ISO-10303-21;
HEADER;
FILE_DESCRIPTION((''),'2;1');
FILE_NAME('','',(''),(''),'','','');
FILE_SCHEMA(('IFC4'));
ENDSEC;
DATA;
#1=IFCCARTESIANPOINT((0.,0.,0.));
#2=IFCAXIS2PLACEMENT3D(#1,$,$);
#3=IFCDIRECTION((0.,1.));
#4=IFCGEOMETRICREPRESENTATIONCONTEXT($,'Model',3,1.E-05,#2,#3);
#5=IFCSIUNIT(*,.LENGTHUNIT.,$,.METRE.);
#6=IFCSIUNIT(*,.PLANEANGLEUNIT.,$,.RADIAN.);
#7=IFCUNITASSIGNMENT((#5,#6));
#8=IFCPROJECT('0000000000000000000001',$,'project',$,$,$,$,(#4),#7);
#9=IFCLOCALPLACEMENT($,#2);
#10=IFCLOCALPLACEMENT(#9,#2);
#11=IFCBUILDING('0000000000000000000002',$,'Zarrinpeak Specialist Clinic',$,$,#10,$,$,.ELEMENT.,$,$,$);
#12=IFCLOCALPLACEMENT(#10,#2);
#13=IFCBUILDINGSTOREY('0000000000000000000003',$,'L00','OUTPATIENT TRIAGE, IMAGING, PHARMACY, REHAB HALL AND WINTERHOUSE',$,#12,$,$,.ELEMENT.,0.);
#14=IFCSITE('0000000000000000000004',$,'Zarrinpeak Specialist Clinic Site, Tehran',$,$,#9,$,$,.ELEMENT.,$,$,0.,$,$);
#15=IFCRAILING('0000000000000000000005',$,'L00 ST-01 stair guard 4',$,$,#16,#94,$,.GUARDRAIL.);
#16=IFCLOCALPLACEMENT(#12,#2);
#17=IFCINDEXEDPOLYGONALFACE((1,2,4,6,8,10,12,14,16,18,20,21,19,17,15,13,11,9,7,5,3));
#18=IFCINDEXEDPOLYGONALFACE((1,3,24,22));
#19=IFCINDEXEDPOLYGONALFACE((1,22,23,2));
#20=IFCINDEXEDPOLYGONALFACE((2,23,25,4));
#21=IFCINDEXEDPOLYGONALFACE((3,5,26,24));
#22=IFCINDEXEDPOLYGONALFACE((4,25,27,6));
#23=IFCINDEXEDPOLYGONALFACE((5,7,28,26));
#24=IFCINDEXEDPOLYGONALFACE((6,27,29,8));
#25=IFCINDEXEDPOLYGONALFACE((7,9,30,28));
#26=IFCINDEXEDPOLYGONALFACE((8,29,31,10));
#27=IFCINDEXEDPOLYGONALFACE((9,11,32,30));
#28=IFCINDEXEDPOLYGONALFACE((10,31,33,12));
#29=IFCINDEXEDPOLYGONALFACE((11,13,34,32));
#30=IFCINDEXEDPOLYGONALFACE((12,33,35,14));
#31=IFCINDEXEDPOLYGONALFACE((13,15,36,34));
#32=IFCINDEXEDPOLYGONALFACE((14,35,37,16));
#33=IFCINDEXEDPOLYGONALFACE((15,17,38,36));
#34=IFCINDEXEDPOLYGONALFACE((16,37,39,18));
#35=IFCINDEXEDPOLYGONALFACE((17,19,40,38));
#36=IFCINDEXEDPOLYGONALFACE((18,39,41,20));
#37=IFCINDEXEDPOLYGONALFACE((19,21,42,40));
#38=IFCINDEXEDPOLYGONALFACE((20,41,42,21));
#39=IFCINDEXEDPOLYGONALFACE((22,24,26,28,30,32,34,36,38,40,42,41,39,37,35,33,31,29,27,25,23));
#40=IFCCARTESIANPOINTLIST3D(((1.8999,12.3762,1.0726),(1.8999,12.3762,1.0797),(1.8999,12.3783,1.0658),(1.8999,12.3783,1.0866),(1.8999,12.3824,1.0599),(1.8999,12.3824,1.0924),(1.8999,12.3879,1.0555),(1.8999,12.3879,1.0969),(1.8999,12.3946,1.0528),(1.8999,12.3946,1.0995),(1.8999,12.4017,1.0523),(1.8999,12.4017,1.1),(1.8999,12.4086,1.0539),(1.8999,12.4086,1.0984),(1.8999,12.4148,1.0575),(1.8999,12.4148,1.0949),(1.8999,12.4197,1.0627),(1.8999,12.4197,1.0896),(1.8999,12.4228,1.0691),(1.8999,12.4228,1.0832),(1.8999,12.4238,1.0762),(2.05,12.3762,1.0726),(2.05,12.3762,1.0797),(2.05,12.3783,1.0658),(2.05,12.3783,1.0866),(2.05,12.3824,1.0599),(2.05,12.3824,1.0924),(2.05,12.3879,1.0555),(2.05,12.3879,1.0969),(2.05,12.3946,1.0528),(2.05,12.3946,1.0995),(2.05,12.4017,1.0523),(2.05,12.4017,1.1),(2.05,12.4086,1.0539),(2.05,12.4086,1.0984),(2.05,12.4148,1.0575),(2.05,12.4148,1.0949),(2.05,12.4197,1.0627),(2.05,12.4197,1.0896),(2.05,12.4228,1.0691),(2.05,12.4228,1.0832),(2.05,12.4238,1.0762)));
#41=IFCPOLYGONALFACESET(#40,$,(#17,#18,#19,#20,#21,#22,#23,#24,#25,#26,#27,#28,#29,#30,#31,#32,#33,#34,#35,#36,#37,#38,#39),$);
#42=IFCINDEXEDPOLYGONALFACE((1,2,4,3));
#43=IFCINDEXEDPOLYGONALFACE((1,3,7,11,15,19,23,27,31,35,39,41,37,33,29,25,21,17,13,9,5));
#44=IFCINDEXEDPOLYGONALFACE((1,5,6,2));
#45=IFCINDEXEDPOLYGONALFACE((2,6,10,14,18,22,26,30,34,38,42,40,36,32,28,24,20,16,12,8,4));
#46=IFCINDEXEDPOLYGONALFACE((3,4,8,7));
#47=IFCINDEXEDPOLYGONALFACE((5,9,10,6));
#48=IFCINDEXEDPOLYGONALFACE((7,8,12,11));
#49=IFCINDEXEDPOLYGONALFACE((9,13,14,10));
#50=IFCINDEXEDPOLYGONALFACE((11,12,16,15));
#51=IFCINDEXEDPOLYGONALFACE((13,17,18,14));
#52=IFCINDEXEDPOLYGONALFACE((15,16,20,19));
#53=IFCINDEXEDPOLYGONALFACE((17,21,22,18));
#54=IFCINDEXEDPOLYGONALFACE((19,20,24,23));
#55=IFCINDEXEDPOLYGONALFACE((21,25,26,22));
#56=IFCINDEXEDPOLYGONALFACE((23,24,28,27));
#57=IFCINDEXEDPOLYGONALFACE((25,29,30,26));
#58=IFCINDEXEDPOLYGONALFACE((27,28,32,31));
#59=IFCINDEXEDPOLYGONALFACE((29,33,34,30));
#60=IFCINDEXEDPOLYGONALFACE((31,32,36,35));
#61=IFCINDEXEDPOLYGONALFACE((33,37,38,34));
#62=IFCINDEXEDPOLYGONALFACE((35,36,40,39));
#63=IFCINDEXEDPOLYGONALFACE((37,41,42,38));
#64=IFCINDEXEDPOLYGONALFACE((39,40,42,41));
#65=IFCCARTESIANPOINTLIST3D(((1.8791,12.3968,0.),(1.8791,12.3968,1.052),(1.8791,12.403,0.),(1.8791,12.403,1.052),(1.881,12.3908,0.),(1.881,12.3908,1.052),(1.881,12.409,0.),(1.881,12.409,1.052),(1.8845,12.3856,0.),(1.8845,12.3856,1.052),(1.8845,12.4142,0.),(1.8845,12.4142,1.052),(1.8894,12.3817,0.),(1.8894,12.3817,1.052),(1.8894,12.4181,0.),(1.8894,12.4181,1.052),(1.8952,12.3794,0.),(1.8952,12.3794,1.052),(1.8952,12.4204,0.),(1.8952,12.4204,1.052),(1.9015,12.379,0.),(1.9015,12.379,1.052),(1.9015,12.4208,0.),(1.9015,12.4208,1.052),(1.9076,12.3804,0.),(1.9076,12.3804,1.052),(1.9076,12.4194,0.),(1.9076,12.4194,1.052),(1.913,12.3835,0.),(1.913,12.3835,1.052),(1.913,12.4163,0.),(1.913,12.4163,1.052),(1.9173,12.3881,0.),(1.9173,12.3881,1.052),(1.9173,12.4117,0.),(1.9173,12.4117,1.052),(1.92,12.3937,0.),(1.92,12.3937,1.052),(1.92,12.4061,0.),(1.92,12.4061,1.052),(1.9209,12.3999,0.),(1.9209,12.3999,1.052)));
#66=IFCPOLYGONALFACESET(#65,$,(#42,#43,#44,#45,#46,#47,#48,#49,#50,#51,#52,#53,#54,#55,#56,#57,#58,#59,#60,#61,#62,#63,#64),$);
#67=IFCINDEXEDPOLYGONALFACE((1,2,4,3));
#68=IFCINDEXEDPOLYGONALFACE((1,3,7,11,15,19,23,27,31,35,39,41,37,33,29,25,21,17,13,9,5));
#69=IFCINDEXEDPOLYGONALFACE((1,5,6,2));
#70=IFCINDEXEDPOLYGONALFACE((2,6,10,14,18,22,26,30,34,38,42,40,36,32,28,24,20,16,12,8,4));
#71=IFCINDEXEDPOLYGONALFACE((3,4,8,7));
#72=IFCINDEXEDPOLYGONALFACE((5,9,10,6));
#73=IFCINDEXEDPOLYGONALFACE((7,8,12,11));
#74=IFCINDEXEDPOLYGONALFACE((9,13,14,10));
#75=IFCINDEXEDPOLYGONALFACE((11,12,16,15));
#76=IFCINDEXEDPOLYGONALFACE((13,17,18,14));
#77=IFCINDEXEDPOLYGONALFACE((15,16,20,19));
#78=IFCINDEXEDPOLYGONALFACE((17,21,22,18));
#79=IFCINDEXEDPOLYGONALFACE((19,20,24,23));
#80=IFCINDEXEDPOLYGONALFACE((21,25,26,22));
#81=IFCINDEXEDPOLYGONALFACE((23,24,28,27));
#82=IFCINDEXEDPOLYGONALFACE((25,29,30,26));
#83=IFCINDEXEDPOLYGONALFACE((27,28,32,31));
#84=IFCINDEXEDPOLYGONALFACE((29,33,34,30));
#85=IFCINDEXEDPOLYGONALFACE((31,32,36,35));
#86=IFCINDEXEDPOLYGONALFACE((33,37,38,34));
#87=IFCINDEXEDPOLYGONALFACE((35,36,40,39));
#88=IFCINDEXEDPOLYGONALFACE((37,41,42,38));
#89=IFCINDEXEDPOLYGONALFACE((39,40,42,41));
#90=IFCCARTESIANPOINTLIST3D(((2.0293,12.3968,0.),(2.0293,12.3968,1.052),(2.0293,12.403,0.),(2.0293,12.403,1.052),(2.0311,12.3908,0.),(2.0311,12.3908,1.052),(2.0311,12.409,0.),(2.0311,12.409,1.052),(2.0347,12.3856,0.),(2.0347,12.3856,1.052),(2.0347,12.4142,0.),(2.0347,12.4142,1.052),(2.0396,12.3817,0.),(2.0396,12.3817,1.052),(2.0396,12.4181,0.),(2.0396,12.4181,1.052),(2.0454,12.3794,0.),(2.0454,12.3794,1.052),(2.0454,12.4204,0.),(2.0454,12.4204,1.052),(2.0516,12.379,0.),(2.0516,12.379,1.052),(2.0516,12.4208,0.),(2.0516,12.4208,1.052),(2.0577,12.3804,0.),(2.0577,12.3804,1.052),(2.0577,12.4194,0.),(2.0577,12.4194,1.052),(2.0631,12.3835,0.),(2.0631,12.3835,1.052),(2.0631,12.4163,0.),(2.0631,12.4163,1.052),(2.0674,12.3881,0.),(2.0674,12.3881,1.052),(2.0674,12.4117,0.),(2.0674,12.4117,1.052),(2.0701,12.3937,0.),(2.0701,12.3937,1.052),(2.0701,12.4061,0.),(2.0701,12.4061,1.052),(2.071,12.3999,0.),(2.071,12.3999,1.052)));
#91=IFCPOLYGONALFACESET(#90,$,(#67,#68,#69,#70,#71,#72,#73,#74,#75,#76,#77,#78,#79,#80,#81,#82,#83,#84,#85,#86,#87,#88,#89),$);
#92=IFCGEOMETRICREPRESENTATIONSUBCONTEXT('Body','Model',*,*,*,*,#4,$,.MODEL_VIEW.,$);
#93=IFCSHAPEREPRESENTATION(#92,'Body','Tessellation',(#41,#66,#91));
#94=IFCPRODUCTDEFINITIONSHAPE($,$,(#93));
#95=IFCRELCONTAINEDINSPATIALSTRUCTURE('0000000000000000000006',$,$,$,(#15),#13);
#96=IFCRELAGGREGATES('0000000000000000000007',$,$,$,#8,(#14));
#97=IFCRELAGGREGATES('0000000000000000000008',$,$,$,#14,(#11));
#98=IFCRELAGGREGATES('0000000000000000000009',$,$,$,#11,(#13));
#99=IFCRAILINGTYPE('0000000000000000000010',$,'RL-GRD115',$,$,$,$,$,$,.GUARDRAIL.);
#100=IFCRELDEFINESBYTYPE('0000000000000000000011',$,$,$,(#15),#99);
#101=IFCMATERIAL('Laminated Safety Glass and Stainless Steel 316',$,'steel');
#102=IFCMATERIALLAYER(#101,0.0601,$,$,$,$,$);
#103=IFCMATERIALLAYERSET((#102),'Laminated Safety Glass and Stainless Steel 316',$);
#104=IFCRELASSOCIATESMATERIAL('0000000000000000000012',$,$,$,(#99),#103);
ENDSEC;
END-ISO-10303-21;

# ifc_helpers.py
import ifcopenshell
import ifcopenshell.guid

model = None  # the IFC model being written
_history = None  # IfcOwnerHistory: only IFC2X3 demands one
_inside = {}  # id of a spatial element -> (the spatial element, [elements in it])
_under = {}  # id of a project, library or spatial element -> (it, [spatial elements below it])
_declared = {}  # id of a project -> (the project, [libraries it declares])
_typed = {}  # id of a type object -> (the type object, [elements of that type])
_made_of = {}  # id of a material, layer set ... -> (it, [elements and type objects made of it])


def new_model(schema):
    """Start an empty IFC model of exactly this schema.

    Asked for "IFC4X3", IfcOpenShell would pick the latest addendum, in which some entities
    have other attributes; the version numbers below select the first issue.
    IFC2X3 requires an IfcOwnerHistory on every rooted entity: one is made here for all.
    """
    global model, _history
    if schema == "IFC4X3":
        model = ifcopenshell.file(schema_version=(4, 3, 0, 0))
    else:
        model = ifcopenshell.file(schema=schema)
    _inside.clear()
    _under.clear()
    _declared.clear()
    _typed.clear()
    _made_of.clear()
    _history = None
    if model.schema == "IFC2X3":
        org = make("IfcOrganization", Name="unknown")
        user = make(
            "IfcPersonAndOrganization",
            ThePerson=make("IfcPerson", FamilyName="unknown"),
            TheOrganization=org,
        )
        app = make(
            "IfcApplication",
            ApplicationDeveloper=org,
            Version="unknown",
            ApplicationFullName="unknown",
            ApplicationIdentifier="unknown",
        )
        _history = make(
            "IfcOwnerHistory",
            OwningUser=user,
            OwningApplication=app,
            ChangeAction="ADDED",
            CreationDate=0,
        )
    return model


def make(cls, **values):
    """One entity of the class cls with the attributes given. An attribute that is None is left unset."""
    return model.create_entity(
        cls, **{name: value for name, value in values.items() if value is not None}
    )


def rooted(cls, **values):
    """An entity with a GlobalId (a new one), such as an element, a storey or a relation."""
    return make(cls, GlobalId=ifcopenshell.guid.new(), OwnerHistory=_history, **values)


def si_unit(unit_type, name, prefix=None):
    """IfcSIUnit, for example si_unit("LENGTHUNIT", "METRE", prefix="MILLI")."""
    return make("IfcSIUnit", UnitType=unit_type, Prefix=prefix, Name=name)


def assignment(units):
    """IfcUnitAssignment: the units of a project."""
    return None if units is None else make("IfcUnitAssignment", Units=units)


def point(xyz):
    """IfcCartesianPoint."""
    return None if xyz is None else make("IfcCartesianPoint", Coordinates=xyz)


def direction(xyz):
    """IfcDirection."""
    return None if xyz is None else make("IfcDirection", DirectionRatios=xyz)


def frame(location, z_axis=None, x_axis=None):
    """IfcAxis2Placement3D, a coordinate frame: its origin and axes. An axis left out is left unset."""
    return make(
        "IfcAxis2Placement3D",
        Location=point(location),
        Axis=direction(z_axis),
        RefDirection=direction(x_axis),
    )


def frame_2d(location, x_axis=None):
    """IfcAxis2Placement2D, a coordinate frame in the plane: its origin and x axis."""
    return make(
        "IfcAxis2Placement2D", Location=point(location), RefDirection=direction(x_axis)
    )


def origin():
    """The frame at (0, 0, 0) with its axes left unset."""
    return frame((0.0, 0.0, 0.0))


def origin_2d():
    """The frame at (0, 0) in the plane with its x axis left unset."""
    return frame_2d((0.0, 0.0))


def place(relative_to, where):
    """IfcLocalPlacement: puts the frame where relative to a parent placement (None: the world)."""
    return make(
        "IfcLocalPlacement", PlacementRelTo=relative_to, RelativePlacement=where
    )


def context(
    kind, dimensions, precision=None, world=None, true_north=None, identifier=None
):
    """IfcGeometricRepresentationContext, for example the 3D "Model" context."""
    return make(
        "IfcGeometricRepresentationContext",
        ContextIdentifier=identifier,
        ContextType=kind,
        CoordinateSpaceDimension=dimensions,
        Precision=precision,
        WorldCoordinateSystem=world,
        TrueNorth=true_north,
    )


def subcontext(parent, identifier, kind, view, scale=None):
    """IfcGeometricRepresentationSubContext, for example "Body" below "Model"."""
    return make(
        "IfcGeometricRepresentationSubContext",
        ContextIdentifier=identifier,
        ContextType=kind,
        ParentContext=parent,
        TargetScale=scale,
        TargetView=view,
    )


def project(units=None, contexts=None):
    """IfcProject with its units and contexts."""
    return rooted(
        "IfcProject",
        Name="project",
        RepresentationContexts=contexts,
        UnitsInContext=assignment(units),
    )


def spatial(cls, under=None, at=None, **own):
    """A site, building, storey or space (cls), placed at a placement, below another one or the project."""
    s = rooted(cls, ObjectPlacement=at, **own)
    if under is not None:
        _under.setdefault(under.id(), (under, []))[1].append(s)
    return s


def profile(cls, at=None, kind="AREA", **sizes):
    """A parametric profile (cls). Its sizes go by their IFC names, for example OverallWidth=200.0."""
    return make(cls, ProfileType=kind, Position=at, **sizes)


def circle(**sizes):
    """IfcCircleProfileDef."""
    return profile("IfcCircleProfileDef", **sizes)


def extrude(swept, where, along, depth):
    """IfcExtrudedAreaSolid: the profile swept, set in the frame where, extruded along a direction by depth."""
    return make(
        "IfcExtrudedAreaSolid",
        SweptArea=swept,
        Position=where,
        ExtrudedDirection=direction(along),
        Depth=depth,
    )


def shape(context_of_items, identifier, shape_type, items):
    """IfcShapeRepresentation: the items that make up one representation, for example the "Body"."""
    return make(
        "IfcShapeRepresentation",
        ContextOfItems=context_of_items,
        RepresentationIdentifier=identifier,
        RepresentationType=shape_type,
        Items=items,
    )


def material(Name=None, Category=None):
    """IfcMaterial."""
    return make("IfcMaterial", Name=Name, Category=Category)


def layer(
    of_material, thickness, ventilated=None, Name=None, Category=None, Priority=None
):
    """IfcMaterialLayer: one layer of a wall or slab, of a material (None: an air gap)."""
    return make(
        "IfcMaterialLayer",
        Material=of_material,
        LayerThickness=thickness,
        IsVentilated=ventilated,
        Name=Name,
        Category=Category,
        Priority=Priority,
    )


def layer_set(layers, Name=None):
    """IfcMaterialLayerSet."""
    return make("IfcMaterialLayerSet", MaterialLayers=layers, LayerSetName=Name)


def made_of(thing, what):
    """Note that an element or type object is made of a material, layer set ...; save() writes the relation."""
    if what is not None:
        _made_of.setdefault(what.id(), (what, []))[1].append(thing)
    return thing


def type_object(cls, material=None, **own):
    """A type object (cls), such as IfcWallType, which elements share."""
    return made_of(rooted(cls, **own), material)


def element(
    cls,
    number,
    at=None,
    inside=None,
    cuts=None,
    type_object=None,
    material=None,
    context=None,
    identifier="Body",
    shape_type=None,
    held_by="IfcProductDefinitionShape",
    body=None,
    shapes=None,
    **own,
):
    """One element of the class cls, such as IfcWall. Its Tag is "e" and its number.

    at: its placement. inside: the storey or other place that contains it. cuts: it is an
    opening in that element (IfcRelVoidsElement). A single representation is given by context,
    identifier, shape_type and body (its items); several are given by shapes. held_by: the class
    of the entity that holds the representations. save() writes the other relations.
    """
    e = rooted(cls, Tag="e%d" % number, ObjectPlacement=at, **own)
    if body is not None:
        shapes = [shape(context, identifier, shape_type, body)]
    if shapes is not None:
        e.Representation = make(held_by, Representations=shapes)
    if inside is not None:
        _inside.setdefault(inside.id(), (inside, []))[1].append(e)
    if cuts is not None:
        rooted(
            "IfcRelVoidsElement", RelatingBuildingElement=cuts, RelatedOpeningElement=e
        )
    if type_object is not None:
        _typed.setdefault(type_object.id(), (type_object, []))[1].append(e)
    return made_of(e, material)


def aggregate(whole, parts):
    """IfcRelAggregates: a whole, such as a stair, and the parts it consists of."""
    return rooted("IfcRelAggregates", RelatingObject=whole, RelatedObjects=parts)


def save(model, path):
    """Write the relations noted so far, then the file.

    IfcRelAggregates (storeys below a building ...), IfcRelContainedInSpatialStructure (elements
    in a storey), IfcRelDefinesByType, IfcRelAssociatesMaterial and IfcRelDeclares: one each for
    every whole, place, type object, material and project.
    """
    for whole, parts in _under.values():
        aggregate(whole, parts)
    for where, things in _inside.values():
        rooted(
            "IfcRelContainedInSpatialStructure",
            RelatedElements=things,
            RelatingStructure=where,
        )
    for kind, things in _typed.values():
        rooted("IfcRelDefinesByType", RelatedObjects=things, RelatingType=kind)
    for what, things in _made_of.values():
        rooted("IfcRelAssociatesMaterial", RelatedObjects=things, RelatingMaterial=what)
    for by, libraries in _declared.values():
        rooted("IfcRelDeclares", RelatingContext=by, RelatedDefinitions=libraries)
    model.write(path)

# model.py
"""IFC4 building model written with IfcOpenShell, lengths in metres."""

from ifc_helpers import new_model, si_unit, direction, frame, origin, origin_2d, place, context, subcontext, project, spatial, circle, extrude, material, layer, layer_set, type_object, element, save


model = new_model("IFC4")

# Units and contexts
model_context = context("Model", 3, precision=1e-05, world=origin(), true_north=direction((0.0, 1.0)))
body_context = subcontext(model_context, "Body", "Model", "MODEL_VIEW")
ifc_project = project(units=[si_unit("LENGTHUNIT", "METRE"), si_unit("PLANEANGLEUNIT", "RADIAN")], contexts=[model_context])

# Site, building, storey
site_placement = place(None, origin())
site = spatial("IfcSite", under=ifc_project, at=site_placement, Name="Zarrinpeak Specialist Clinic Site, Tehran", CompositionType="ELEMENT", RefElevation=0.0)
building_placement = place(site_placement, origin())
building = spatial("IfcBuilding", under=site, at=building_placement, Name="Zarrinpeak Specialist Clinic", CompositionType="ELEMENT")
storey_placement = place(building_placement, origin())
storey = spatial("IfcBuildingStorey", under=building, at=storey_placement, Name="L00", Description="OUTPATIENT TRIAGE, IMAGING, PHARMACY, REHAB HALL AND WINTERHOUSE", CompositionType="ELEMENT", Elevation=0.0)

# Railing
ifc_material_1 = material(Name="Laminated Safety Glass and Stainless Steel 316", Category="steel")
ifc_layer_1 = layer(ifc_material_1, 0.0601)
ifc_layer_set_1 = layer_set([ifc_layer_1], Name="Laminated Safety Glass and Stainless Steel 316")
railing_type_1 = type_object("IfcRailingType", Name="RL-GRD115", PredefinedType="GUARDRAIL", material=ifc_layer_set_1)
railing_1_placement = place(storey_placement, frame((1.8999, 12.3999, 0.0)))
element("IfcRailing", 1, at=railing_1_placement, inside=storey, type_object=railing_type_1, Name="L00 ST-01 stair guard 4", PredefinedType="GUARDRAIL", context=body_context, shape_type="SweptSolid", body=[
    extrude(circle(Radius=0.0239, at=origin_2d()), frame((0.0, 0.0, 1.0762), z_axis=(1.0, 0.0, 0.0), x_axis=(0.0, 1.0, 0.0)), (0.0, 0.0, 1.0), 0.1501),
    extrude(circle(Radius=0.021, at=origin_2d()), origin(), (0.0, 0.0, 1.0), 1.052),
    extrude(circle(Radius=0.021, at=origin_2d()), frame((0.1501, 0.0, 0.0)), (0.0, 0.0, 1.0), 1.052),
])

save(model, "model.ifc")
